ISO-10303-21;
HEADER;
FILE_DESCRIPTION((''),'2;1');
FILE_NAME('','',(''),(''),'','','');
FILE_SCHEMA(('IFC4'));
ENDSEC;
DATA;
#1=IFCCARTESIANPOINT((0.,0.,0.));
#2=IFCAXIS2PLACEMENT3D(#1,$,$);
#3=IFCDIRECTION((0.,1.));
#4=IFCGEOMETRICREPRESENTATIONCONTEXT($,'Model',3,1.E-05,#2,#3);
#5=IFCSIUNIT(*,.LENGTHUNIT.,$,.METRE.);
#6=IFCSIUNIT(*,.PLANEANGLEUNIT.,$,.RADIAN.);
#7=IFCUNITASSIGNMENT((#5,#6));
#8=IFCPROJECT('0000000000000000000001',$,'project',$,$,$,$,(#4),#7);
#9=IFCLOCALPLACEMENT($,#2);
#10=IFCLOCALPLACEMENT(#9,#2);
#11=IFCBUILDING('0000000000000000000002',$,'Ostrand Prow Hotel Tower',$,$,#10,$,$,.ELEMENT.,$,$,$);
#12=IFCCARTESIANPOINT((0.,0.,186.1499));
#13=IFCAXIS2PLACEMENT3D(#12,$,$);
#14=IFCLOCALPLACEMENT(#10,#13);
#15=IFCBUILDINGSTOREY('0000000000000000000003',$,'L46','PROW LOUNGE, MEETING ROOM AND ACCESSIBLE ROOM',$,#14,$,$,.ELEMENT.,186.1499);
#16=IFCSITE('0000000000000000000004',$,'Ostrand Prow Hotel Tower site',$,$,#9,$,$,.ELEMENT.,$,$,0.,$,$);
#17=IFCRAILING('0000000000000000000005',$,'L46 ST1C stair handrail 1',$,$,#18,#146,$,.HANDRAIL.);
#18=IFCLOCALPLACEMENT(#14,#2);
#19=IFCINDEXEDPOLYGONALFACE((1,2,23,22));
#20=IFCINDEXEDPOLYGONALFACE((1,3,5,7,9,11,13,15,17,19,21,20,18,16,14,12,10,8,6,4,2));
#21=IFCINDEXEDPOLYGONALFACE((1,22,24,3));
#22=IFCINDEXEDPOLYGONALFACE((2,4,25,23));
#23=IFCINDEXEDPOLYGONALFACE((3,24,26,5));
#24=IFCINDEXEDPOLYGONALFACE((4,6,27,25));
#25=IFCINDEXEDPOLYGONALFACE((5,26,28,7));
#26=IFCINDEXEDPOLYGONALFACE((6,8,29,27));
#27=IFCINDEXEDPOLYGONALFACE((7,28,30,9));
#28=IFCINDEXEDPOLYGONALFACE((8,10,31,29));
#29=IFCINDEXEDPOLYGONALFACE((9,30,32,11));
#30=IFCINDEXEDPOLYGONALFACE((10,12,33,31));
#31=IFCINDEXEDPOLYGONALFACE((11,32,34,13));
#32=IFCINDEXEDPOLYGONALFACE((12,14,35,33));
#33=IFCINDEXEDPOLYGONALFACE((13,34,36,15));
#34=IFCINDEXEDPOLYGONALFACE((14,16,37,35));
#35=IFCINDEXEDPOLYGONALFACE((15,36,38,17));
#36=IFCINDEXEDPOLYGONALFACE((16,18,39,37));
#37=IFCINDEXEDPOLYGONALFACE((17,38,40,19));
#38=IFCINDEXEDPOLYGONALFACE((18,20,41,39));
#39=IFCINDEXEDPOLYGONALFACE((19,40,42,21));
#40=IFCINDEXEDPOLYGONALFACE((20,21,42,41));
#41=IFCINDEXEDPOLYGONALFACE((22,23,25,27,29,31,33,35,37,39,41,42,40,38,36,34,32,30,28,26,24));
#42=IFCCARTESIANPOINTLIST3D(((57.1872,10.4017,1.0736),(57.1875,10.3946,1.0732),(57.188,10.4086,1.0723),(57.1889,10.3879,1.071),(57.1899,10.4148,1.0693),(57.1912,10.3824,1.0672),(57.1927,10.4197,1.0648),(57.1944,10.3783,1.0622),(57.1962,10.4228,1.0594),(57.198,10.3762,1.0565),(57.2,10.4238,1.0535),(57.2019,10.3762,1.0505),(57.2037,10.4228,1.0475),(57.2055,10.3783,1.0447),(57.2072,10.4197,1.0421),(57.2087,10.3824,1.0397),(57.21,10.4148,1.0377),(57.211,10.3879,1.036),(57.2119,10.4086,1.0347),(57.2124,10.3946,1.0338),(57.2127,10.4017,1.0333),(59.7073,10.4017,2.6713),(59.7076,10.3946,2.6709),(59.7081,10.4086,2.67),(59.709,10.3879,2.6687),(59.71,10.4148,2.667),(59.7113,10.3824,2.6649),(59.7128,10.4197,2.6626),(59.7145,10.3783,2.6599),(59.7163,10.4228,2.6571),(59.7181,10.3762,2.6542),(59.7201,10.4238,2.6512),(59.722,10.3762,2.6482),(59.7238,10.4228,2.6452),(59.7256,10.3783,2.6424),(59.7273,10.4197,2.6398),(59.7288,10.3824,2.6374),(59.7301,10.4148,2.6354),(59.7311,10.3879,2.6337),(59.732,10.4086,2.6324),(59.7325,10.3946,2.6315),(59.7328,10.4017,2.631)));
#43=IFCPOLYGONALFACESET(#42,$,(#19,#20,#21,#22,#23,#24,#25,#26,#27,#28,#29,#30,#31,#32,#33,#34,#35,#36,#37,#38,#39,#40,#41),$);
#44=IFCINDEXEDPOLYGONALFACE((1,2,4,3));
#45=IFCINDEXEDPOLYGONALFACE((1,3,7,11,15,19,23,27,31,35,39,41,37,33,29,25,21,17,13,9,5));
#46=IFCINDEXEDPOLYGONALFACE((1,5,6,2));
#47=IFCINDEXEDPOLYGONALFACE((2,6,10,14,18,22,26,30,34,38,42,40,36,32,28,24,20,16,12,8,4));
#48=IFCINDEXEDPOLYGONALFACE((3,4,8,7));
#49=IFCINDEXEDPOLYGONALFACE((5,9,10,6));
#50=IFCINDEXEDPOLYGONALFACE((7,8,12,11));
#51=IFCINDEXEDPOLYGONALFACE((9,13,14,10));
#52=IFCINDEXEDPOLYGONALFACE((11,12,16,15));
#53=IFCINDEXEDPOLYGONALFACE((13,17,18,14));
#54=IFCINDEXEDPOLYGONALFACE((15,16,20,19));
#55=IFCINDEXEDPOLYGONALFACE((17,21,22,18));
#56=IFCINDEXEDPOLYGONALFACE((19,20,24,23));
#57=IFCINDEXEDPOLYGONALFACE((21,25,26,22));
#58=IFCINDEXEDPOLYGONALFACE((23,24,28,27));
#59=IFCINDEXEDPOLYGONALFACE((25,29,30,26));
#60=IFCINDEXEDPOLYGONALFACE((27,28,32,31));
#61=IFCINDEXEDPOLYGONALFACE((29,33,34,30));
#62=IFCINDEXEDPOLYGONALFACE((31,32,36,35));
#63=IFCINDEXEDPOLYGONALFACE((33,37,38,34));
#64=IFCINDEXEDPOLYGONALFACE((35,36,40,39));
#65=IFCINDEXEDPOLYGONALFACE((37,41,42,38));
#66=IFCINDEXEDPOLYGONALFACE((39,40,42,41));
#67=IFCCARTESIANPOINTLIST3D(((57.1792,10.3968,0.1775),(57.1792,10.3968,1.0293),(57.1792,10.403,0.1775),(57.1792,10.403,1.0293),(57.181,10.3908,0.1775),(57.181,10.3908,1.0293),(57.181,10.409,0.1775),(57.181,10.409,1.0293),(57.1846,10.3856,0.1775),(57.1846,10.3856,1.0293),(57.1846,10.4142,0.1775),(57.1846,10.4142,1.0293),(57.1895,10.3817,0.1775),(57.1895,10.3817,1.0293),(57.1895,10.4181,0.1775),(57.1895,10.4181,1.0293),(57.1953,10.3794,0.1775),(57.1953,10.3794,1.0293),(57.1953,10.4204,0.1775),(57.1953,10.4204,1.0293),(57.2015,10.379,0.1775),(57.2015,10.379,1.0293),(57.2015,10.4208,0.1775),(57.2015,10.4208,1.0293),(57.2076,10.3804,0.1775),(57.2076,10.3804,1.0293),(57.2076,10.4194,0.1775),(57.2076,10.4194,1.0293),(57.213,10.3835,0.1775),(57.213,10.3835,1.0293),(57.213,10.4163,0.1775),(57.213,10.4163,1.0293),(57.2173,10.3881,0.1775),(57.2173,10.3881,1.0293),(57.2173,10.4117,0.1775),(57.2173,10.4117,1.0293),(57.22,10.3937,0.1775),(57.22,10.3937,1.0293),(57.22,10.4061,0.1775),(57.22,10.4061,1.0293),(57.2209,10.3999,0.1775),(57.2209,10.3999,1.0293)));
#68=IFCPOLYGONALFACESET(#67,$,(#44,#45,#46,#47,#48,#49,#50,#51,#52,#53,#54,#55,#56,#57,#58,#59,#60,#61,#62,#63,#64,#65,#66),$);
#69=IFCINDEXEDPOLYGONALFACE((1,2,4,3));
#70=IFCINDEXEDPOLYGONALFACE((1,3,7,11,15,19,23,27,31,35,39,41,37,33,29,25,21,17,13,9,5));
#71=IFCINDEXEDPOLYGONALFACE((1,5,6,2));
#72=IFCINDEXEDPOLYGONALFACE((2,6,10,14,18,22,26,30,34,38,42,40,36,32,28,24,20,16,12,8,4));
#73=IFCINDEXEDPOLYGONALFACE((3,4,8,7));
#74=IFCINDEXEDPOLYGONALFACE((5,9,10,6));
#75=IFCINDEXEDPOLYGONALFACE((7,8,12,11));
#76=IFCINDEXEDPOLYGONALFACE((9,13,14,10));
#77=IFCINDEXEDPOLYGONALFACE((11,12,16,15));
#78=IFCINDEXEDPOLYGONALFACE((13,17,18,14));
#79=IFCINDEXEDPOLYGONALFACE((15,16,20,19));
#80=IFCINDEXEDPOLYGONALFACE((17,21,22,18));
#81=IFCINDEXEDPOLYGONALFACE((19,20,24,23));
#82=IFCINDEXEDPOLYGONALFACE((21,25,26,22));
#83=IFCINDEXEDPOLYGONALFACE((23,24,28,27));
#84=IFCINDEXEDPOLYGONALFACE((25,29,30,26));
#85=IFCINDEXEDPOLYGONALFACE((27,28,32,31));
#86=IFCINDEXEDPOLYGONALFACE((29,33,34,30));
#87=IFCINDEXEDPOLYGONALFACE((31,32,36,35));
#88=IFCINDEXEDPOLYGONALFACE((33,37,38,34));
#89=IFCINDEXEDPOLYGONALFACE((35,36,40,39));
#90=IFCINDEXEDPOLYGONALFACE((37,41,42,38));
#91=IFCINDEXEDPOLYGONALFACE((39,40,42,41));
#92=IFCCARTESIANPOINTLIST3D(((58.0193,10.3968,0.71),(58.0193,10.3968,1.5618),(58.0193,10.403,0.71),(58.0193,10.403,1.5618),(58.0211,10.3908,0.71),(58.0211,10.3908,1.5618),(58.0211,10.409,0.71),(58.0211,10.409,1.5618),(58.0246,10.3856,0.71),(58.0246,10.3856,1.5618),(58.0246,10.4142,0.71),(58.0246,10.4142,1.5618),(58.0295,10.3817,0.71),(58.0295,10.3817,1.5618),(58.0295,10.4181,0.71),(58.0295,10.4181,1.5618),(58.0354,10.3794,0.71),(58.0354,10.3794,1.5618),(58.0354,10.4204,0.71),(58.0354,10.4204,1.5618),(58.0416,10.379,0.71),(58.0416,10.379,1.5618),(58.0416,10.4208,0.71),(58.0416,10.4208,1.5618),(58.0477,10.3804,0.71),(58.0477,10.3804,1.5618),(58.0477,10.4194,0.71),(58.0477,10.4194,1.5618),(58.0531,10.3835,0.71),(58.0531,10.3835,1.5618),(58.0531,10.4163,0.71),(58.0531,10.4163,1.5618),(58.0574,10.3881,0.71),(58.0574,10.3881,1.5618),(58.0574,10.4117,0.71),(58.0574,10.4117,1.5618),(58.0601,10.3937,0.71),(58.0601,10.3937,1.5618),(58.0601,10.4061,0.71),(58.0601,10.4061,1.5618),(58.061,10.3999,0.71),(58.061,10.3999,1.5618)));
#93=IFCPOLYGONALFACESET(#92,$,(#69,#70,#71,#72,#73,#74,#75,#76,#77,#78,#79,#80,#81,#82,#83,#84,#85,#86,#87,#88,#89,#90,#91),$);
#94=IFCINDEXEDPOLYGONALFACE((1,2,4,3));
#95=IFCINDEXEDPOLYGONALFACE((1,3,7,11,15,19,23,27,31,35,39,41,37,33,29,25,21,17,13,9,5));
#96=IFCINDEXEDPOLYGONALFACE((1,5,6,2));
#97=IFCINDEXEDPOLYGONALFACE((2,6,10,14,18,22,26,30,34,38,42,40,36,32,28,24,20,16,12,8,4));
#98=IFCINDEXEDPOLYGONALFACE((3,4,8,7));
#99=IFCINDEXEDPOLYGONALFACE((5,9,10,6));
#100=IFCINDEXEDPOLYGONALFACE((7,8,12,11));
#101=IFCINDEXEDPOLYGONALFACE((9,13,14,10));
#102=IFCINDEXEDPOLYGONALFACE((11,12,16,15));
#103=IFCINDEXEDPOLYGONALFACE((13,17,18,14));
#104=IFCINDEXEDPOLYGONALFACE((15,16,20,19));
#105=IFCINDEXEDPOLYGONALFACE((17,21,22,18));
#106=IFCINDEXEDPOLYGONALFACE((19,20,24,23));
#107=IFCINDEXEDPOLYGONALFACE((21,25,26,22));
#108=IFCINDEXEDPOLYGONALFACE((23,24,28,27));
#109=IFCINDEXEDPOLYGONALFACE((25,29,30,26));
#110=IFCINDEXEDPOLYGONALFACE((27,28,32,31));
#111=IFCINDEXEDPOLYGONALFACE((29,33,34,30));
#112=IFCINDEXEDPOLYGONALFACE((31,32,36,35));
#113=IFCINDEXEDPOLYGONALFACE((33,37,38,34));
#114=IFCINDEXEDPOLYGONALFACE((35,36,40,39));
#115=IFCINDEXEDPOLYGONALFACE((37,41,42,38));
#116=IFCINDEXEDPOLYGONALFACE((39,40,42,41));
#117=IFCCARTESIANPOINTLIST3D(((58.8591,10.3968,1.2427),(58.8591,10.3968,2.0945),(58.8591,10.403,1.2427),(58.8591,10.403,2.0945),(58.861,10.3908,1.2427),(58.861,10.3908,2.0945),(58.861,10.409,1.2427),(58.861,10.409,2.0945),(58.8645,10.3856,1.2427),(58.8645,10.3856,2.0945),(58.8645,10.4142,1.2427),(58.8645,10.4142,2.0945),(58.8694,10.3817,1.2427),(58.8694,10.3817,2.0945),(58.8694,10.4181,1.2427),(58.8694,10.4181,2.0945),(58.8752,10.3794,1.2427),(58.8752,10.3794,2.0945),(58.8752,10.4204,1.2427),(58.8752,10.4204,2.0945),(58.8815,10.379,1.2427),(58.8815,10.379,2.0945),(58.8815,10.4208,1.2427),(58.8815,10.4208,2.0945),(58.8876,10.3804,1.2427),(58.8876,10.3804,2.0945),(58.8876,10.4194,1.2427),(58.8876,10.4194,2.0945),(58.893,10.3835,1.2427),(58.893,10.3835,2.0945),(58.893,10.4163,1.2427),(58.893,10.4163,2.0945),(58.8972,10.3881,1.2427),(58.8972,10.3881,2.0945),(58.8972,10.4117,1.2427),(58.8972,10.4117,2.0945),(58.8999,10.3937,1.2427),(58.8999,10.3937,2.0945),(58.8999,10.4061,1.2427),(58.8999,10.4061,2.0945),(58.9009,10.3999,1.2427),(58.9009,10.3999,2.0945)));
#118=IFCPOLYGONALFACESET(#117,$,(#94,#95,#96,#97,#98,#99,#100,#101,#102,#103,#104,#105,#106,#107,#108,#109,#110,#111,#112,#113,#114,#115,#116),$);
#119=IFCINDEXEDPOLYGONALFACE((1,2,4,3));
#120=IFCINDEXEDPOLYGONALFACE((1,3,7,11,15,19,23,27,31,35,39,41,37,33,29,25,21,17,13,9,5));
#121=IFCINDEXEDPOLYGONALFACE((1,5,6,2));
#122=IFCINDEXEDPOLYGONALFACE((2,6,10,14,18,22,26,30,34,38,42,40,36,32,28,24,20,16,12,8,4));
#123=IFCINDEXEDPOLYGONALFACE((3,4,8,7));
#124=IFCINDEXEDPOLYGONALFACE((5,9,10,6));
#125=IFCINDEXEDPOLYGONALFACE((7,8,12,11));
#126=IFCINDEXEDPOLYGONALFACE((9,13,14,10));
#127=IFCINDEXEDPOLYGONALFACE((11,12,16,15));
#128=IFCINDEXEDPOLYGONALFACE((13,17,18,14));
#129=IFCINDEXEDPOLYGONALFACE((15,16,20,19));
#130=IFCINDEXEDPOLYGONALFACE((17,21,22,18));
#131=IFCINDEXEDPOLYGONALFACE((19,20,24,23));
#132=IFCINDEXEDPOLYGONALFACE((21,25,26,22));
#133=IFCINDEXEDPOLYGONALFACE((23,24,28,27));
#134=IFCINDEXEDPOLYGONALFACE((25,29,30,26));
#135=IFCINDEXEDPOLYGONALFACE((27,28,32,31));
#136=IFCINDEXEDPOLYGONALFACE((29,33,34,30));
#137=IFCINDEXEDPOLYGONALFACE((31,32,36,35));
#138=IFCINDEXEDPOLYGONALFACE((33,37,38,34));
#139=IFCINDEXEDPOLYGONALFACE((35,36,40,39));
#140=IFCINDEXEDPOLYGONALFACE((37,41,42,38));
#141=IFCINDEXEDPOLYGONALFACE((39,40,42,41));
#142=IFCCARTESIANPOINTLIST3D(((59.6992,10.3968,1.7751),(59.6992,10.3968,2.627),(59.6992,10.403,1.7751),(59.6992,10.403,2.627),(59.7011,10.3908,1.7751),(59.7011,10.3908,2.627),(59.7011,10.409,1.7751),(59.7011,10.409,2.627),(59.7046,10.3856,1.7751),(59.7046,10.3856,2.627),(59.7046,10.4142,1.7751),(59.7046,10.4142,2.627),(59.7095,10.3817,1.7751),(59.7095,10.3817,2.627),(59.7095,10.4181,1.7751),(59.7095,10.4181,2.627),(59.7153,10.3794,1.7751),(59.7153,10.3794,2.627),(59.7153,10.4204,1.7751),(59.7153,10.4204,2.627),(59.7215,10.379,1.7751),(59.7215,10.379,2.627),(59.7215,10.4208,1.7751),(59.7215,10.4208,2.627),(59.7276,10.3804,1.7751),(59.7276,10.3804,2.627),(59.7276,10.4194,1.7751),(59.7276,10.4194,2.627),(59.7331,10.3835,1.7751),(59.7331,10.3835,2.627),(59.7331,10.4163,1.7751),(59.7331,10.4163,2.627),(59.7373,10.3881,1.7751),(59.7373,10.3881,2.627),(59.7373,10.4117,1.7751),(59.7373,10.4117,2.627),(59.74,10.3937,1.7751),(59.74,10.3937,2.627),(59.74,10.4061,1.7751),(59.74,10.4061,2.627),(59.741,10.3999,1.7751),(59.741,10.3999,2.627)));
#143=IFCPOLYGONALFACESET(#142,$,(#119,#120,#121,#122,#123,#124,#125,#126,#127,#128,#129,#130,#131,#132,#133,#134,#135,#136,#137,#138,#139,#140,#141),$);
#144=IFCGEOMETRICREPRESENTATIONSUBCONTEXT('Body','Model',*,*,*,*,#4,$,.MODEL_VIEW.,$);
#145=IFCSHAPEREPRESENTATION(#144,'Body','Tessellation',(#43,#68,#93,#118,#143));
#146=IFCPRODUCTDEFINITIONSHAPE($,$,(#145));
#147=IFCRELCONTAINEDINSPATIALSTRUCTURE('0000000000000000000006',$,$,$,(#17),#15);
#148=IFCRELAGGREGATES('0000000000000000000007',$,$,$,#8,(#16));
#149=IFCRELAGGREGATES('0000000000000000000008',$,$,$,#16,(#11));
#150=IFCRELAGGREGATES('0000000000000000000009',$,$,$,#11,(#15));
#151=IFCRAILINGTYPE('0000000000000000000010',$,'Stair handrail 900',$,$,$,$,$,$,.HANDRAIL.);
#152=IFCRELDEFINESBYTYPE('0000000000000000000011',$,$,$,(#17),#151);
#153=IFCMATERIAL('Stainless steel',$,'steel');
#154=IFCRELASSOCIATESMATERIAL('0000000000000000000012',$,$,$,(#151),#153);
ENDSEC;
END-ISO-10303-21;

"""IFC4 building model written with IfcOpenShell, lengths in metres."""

from ifc_helpers import new_model, si_unit, direction, frame, origin, origin_2d, place, context, subcontext, project, spatial, circle, extrude, material, type_object, element, save


model = new_model("IFC4")

# Units and contexts
model_context = context("Model", 3, precision=1e-05, world=origin(), true_north=direction((0.0, 1.0)))
body_context = subcontext(model_context, "Body", "Model", "MODEL_VIEW")
ifc_project = project(units=[si_unit("LENGTHUNIT", "METRE"), si_unit("PLANEANGLEUNIT", "RADIAN")], contexts=[model_context])

# Site, building, storey
site_placement = place(None, origin())
site = spatial("IfcSite", under=ifc_project, at=site_placement, Name="Ostrand Prow Hotel Tower site", CompositionType="ELEMENT", RefElevation=0.0)
building_placement = place(site_placement, origin())
building = spatial("IfcBuilding", under=site, at=building_placement, Name="Ostrand Prow Hotel Tower", CompositionType="ELEMENT")
storey_placement = place(building_placement, frame((0.0, 0.0, 186.1499)))
storey = spatial("IfcBuildingStorey", under=building, at=storey_placement, Name="L46", Description="PROW LOUNGE, MEETING ROOM AND ACCESSIBLE ROOM", CompositionType="ELEMENT", Elevation=186.1499)

# Railing
ifc_material_1 = material(Name="Stainless steel", Category="steel")
railing_type_1 = type_object("IfcRailingType", Name="Stair handrail 900", PredefinedType="HANDRAIL", material=ifc_material_1)
railing_1_placement = place(storey_placement, frame((57.2, 10.3999, 0.1775)))
element("IfcRailing", 1, at=railing_1_placement, inside=storey, type_object=railing_type_1, Name="L46 ST1C stair handrail 1", PredefinedType="HANDRAIL", context=body_context, shape_type="SweptSolid", body=[
    extrude(circle(Radius=0.0239, at=origin_2d()), frame((0.0, 0.0, 0.876), z_axis=(0.84457, 0.0, 0.535445), x_axis=(0.0, 1.0, 0.0)), (0.0, 0.0, 1.0), 2.9839),
    extrude(circle(Radius=0.021, at=origin_2d()), origin(), (0.0, 0.0, 1.0), 0.8518),
    extrude(circle(Radius=0.021, at=origin_2d()), frame((0.8401, 0.0, 0.5325)), (0.0, 0.0, 1.0), 0.8518),
    extrude(circle(Radius=0.021, at=origin_2d()), frame((1.6799, 0.0, 1.0652)), (0.0, 0.0, 1.0), 0.8518),
    extrude(circle(Radius=0.021, at=origin_2d()), frame((2.52, 0.0, 1.5977)), (0.0, 0.0, 1.0), 0.8518),
])

save(model, "model.ifc")
